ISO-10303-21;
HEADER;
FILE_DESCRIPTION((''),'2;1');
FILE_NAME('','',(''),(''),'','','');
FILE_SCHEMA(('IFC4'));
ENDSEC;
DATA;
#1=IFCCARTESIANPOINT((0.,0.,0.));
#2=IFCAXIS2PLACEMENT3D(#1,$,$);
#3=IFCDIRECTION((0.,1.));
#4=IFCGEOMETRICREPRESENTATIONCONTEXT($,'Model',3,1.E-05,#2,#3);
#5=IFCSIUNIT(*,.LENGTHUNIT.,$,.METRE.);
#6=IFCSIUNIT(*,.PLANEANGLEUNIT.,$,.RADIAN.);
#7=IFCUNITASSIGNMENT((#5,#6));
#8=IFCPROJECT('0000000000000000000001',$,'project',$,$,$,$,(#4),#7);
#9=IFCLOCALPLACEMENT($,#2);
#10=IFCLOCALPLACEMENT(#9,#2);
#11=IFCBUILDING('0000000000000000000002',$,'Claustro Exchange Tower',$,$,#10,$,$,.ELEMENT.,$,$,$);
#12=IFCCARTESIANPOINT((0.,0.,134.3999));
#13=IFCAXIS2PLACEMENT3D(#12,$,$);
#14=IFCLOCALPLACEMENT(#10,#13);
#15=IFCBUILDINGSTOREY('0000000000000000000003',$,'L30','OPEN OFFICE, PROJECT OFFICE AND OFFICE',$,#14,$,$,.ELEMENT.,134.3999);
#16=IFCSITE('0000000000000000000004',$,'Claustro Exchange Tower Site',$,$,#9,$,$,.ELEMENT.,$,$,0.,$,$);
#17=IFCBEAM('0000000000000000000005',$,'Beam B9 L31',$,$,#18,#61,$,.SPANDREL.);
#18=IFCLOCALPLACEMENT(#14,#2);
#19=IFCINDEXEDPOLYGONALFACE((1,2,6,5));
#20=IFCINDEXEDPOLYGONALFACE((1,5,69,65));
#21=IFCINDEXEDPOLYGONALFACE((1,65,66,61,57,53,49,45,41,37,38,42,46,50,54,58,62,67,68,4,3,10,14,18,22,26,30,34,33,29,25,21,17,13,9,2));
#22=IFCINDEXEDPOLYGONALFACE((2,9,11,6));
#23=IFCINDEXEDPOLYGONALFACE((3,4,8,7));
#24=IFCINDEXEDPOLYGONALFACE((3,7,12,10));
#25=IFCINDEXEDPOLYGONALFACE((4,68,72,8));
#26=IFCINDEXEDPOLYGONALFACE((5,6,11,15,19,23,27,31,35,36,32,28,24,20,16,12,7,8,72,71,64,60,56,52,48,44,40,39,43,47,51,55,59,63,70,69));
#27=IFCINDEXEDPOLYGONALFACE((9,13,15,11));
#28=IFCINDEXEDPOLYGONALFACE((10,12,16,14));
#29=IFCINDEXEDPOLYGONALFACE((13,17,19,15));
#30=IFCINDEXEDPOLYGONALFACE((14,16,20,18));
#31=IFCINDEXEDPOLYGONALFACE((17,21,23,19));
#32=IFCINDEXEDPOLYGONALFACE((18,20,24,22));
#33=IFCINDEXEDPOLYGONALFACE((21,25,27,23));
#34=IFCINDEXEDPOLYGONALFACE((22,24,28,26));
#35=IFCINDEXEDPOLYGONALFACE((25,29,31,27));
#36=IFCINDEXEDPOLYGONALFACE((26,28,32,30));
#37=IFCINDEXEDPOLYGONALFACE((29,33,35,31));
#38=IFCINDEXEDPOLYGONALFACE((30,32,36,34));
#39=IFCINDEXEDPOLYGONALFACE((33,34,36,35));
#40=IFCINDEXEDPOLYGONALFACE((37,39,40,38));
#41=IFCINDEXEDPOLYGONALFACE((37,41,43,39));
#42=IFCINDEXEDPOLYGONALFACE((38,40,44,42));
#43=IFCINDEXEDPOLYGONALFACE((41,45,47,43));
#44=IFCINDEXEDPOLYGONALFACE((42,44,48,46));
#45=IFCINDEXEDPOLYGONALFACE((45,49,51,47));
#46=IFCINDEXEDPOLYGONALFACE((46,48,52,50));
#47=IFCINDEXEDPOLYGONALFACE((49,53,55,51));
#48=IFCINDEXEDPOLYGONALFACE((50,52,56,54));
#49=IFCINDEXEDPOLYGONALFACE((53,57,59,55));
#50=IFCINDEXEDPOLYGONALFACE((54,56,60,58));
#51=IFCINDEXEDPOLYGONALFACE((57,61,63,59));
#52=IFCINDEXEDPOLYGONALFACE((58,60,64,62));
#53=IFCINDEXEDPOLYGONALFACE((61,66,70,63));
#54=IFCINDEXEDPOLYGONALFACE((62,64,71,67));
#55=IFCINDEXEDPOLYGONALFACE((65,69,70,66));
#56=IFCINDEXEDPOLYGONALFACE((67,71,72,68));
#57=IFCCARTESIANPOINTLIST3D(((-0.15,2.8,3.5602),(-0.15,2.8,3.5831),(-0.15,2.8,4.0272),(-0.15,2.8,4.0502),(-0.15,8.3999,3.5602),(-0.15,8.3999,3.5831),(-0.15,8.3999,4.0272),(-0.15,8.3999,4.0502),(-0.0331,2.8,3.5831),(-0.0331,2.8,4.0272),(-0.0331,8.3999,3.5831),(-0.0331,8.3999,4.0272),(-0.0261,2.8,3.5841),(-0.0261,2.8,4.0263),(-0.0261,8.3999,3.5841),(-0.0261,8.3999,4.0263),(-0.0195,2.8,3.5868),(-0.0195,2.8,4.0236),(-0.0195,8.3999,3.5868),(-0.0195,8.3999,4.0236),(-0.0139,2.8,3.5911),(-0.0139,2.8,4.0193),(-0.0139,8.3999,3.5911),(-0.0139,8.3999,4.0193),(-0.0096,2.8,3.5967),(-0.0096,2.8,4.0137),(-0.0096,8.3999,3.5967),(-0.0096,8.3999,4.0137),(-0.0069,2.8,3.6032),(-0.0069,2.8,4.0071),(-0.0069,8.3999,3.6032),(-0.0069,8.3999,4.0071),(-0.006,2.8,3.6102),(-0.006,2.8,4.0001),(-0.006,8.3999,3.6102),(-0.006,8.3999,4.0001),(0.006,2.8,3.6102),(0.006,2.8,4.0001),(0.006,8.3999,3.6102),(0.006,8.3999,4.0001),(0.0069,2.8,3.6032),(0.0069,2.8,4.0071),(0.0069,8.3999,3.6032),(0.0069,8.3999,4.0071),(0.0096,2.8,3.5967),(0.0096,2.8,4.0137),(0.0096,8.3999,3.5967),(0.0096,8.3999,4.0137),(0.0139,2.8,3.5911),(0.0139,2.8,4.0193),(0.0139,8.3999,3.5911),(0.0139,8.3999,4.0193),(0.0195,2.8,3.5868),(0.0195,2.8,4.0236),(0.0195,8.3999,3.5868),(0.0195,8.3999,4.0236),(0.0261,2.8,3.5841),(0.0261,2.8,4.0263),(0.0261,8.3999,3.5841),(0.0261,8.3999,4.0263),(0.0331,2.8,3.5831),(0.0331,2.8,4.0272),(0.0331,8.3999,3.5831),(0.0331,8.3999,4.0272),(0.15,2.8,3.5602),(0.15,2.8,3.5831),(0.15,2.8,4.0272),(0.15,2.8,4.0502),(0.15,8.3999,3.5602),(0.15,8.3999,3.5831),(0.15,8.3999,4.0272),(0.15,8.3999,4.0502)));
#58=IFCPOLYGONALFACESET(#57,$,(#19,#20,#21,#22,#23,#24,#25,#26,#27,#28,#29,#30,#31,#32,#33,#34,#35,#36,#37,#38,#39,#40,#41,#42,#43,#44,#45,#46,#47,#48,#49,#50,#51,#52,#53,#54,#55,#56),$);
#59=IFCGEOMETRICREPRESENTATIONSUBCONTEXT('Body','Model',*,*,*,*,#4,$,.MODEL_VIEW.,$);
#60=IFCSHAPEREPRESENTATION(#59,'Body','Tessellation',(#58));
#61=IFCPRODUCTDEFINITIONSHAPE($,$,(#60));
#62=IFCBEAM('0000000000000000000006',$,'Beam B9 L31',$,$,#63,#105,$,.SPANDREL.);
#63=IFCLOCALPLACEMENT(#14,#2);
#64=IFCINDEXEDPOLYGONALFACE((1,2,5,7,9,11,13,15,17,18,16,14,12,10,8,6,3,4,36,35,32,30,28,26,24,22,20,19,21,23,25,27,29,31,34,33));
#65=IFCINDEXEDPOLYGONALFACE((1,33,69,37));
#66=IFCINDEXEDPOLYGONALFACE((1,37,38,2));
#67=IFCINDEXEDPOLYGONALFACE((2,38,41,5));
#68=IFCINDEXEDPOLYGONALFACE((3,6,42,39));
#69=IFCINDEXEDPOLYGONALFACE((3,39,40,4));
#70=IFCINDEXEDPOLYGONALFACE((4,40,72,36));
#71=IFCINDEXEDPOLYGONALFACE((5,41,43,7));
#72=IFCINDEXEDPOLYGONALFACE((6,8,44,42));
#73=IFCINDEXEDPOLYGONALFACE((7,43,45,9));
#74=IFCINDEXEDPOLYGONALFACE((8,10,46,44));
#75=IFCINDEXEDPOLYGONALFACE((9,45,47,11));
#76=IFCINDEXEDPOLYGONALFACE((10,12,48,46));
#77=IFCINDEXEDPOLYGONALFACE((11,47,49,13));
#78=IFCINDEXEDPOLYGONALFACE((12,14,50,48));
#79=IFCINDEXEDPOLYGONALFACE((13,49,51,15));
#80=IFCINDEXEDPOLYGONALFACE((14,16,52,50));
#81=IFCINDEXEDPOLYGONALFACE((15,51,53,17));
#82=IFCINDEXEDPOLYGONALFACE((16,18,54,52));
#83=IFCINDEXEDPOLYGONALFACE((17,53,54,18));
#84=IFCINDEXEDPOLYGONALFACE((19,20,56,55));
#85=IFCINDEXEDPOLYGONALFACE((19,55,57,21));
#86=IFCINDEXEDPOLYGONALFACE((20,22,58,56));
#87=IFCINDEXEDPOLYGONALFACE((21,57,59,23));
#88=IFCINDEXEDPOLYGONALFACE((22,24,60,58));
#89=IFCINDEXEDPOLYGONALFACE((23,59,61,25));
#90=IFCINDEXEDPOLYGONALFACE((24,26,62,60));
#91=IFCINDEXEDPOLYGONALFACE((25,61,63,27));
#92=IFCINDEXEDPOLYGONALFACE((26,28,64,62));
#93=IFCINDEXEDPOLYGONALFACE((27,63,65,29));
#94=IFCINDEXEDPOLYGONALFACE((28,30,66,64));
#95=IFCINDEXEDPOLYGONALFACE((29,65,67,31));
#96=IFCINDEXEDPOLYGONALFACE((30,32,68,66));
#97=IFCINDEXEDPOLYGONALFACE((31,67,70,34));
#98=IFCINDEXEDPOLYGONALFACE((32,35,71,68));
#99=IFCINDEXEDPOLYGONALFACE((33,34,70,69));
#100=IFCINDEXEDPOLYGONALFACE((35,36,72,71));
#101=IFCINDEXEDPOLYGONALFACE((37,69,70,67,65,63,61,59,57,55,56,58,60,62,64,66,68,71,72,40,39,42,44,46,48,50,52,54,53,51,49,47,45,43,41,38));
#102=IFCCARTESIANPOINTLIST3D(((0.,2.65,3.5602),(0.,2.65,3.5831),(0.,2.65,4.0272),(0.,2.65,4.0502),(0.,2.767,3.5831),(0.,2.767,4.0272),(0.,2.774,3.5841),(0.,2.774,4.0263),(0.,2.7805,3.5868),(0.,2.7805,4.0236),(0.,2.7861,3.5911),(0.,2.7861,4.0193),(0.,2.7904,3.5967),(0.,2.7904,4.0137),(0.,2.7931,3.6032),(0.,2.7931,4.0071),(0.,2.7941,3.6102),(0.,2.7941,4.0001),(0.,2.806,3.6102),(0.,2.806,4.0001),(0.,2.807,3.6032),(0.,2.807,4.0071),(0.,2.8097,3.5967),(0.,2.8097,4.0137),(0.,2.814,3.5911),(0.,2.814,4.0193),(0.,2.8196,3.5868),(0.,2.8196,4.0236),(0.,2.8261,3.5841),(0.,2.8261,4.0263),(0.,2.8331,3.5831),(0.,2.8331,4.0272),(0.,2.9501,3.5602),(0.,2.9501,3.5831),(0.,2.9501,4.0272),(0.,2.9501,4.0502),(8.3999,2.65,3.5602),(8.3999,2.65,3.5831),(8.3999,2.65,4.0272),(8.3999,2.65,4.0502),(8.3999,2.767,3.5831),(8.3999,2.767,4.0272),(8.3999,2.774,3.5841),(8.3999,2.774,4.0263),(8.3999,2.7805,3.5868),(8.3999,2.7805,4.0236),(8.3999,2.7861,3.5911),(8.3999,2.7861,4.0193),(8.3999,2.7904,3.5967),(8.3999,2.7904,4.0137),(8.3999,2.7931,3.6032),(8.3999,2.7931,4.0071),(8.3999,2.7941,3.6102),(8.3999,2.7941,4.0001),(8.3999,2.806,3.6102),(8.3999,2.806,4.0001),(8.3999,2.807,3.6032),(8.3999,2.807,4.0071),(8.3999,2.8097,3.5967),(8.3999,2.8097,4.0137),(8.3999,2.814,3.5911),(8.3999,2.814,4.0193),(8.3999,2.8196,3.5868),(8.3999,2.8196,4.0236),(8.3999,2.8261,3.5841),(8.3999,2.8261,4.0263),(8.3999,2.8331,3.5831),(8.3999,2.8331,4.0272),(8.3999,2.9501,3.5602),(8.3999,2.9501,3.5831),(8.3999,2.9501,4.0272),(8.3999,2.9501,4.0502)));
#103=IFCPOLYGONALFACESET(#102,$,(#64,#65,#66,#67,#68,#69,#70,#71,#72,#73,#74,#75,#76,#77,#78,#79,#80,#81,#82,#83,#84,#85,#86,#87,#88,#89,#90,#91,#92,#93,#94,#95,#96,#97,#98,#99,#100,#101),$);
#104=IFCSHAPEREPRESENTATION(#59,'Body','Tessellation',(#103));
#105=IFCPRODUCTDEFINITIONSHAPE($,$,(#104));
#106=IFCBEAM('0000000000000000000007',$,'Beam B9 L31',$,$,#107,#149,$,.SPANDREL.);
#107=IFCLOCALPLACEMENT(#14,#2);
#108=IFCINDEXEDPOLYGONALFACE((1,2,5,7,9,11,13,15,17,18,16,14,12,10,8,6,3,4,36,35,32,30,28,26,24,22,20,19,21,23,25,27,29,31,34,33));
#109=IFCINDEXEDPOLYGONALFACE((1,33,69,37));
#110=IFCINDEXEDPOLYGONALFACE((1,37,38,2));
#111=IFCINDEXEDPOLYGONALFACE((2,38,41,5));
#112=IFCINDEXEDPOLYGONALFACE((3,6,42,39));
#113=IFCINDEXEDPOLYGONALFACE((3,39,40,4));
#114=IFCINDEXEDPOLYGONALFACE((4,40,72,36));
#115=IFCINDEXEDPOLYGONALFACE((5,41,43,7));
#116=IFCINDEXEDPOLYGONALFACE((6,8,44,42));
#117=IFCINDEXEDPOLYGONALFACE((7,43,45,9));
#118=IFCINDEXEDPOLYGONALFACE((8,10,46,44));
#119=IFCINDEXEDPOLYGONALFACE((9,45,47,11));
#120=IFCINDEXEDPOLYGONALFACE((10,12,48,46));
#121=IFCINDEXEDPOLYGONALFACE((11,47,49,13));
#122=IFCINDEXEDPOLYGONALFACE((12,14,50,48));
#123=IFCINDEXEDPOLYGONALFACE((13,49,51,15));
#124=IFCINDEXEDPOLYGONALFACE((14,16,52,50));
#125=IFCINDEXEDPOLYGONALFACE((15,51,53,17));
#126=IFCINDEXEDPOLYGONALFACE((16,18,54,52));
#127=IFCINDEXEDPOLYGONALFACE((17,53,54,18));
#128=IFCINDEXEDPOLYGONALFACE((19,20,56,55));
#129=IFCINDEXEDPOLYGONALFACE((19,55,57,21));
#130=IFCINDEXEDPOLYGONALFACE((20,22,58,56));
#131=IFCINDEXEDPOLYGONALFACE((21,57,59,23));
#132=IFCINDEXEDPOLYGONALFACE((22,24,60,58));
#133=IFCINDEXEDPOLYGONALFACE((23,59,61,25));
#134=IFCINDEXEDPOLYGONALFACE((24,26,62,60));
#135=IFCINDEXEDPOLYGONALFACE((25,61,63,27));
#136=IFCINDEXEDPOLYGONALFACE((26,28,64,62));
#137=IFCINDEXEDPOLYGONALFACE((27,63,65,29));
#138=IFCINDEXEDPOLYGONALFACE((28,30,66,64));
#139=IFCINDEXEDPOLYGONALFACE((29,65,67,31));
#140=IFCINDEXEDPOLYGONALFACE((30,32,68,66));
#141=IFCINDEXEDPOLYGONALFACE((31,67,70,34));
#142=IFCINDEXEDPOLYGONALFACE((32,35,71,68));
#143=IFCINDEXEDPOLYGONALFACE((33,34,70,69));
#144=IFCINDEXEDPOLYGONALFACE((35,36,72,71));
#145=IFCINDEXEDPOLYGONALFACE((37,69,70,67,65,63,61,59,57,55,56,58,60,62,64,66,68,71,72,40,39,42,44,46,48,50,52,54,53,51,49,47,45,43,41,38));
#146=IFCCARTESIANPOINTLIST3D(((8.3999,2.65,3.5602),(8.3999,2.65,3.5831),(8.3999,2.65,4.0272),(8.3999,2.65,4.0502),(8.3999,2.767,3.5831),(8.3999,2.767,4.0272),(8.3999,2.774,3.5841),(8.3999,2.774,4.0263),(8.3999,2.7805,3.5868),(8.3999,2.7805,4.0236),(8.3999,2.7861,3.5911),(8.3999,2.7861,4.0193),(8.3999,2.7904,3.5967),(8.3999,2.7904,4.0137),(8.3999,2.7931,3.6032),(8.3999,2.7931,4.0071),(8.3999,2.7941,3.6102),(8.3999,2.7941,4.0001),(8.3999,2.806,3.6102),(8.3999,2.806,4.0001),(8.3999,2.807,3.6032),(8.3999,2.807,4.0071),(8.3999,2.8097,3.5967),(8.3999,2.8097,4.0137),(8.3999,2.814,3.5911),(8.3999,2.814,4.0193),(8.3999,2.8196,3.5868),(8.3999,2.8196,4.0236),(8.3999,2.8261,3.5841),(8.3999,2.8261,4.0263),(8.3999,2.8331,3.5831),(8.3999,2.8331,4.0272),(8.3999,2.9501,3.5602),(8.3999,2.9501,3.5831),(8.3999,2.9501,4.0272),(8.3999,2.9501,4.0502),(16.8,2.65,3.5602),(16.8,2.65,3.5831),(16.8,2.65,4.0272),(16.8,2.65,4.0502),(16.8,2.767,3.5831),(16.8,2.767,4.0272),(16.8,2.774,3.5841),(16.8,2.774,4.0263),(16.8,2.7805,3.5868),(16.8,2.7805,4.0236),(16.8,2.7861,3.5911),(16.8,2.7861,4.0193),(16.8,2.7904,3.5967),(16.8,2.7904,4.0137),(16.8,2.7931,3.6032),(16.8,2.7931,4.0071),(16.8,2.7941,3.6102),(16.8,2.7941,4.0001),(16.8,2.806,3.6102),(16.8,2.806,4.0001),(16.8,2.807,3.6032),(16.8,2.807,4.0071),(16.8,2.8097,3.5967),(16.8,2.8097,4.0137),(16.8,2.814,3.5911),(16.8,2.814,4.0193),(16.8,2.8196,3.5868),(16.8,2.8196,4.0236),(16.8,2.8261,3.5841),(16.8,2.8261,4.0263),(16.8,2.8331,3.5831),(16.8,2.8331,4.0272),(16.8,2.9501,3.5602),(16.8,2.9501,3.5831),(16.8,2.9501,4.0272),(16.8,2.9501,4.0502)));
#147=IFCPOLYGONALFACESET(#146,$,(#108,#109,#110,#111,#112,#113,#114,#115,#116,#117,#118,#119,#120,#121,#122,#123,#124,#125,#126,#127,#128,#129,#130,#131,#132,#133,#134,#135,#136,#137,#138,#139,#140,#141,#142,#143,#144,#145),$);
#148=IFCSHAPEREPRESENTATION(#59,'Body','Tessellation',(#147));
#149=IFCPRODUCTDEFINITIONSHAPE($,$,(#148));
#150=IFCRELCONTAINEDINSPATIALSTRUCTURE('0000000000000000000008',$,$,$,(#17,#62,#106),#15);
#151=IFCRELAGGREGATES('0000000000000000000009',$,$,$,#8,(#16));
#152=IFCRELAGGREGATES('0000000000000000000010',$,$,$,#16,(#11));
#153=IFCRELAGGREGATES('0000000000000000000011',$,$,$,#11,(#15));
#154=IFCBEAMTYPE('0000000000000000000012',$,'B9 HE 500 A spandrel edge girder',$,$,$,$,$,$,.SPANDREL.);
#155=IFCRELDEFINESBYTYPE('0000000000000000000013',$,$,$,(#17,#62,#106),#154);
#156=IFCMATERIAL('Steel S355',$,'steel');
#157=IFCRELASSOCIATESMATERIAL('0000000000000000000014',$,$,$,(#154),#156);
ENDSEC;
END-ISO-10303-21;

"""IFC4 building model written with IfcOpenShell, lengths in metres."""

from ifc_helpers import new_model, si_unit, direction, frame, origin, origin_2d, place, context, subcontext, project, spatial, i_section, extrude, material, material_profile, profile_set, type_object, element, save


model = new_model("IFC4")

# Units and contexts
model_context = context("Model", 3, precision=1e-05, world=origin(), true_north=direction((0.0, 1.0)))
body_context = subcontext(model_context, "Body", "Model", "MODEL_VIEW")
ifc_project = project(units=[si_unit("LENGTHUNIT", "METRE"), si_unit("PLANEANGLEUNIT", "RADIAN")], contexts=[model_context])

# Site, building, storey
site_placement = place(None, origin())
site = spatial("IfcSite", under=ifc_project, at=site_placement, Name="Claustro Exchange Tower Site", CompositionType="ELEMENT", RefElevation=0.0)
building_placement = place(site_placement, origin())
building = spatial("IfcBuilding", under=site, at=building_placement, Name="Claustro Exchange Tower", CompositionType="ELEMENT")
storey_placement = place(building_placement, frame((0.0, 0.0, 134.3999)))
storey = spatial("IfcBuildingStorey", under=building, at=storey_placement, Name="L30", Description="OPEN OFFICE, PROJECT OFFICE AND OFFICE", CompositionType="ELEMENT", Elevation=134.3999)

# Beams
ifc_material_1 = material(Name="Steel S355", Category="steel")
ifc_material_profile_1 = material_profile(ifc_material_1, i_section(OverallWidth=0.3, OverallDepth=0.49, WebThickness=0.012, FlangeThickness=0.0229, FilletRadius=0.0271, at=origin_2d()), Name="HE 500 A")
ifc_profile_set_1 = profile_set([ifc_material_profile_1], Name="Steel S355")
beam_type_1 = type_object("IfcBeamType", Name="B9 HE 500 A spandrel edge girder", PredefinedType="SPANDREL", material=ifc_profile_set_1)
beam_1_placement = place(storey_placement, frame((0.0, 2.8, 3.8052), z_axis=(0.0, 1.0, 0.0), x_axis=(-1.0, 0.0, 0.0)))
element("IfcBeam", 1, at=beam_1_placement, inside=storey, type_object=beam_type_1, Name="Beam B9 L31", PredefinedType="SPANDREL", context=body_context, shape_type="SweptSolid", body=[
    extrude(i_section(OverallWidth=0.3, OverallDepth=0.49, WebThickness=0.012, FlangeThickness=0.0229, FilletRadius=0.0271, at=origin_2d()), origin(), (0.0, 0.0, 1.0), 5.5999),
])
beam_2_placement = place(storey_placement, frame((0.0, 2.8, 3.8052), z_axis=(1.0, 0.0, 0.0), x_axis=(0.0, 1.0, 0.0)))
element("IfcBeam", 2, at=beam_2_placement, inside=storey, type_object=beam_type_1, Name="Beam B9 L31", PredefinedType="SPANDREL", context=body_context, shape_type="SweptSolid", body=[
    extrude(i_section(OverallWidth=0.3, OverallDepth=0.49, WebThickness=0.012, FlangeThickness=0.0229, FilletRadius=0.0271, at=origin_2d()), origin(), (0.0, 0.0, 1.0), 8.3999),
])
beam_3_placement = place(storey_placement, frame((8.3999, 2.8, 3.8052), z_axis=(1.0, 0.0, 0.0), x_axis=(0.0, 1.0, 0.0)))
element("IfcBeam", 3, at=beam_3_placement, inside=storey, type_object=beam_type_1, Name="Beam B9 L31", PredefinedType="SPANDREL", context=body_context, shape_type="SweptSolid", body=[
    extrude(i_section(OverallWidth=0.3, OverallDepth=0.49, WebThickness=0.012, FlangeThickness=0.0229, FilletRadius=0.0271, at=origin_2d()), origin(), (0.0, 0.0, 1.0), 8.4001),
])

save(model, "model.ifc")
